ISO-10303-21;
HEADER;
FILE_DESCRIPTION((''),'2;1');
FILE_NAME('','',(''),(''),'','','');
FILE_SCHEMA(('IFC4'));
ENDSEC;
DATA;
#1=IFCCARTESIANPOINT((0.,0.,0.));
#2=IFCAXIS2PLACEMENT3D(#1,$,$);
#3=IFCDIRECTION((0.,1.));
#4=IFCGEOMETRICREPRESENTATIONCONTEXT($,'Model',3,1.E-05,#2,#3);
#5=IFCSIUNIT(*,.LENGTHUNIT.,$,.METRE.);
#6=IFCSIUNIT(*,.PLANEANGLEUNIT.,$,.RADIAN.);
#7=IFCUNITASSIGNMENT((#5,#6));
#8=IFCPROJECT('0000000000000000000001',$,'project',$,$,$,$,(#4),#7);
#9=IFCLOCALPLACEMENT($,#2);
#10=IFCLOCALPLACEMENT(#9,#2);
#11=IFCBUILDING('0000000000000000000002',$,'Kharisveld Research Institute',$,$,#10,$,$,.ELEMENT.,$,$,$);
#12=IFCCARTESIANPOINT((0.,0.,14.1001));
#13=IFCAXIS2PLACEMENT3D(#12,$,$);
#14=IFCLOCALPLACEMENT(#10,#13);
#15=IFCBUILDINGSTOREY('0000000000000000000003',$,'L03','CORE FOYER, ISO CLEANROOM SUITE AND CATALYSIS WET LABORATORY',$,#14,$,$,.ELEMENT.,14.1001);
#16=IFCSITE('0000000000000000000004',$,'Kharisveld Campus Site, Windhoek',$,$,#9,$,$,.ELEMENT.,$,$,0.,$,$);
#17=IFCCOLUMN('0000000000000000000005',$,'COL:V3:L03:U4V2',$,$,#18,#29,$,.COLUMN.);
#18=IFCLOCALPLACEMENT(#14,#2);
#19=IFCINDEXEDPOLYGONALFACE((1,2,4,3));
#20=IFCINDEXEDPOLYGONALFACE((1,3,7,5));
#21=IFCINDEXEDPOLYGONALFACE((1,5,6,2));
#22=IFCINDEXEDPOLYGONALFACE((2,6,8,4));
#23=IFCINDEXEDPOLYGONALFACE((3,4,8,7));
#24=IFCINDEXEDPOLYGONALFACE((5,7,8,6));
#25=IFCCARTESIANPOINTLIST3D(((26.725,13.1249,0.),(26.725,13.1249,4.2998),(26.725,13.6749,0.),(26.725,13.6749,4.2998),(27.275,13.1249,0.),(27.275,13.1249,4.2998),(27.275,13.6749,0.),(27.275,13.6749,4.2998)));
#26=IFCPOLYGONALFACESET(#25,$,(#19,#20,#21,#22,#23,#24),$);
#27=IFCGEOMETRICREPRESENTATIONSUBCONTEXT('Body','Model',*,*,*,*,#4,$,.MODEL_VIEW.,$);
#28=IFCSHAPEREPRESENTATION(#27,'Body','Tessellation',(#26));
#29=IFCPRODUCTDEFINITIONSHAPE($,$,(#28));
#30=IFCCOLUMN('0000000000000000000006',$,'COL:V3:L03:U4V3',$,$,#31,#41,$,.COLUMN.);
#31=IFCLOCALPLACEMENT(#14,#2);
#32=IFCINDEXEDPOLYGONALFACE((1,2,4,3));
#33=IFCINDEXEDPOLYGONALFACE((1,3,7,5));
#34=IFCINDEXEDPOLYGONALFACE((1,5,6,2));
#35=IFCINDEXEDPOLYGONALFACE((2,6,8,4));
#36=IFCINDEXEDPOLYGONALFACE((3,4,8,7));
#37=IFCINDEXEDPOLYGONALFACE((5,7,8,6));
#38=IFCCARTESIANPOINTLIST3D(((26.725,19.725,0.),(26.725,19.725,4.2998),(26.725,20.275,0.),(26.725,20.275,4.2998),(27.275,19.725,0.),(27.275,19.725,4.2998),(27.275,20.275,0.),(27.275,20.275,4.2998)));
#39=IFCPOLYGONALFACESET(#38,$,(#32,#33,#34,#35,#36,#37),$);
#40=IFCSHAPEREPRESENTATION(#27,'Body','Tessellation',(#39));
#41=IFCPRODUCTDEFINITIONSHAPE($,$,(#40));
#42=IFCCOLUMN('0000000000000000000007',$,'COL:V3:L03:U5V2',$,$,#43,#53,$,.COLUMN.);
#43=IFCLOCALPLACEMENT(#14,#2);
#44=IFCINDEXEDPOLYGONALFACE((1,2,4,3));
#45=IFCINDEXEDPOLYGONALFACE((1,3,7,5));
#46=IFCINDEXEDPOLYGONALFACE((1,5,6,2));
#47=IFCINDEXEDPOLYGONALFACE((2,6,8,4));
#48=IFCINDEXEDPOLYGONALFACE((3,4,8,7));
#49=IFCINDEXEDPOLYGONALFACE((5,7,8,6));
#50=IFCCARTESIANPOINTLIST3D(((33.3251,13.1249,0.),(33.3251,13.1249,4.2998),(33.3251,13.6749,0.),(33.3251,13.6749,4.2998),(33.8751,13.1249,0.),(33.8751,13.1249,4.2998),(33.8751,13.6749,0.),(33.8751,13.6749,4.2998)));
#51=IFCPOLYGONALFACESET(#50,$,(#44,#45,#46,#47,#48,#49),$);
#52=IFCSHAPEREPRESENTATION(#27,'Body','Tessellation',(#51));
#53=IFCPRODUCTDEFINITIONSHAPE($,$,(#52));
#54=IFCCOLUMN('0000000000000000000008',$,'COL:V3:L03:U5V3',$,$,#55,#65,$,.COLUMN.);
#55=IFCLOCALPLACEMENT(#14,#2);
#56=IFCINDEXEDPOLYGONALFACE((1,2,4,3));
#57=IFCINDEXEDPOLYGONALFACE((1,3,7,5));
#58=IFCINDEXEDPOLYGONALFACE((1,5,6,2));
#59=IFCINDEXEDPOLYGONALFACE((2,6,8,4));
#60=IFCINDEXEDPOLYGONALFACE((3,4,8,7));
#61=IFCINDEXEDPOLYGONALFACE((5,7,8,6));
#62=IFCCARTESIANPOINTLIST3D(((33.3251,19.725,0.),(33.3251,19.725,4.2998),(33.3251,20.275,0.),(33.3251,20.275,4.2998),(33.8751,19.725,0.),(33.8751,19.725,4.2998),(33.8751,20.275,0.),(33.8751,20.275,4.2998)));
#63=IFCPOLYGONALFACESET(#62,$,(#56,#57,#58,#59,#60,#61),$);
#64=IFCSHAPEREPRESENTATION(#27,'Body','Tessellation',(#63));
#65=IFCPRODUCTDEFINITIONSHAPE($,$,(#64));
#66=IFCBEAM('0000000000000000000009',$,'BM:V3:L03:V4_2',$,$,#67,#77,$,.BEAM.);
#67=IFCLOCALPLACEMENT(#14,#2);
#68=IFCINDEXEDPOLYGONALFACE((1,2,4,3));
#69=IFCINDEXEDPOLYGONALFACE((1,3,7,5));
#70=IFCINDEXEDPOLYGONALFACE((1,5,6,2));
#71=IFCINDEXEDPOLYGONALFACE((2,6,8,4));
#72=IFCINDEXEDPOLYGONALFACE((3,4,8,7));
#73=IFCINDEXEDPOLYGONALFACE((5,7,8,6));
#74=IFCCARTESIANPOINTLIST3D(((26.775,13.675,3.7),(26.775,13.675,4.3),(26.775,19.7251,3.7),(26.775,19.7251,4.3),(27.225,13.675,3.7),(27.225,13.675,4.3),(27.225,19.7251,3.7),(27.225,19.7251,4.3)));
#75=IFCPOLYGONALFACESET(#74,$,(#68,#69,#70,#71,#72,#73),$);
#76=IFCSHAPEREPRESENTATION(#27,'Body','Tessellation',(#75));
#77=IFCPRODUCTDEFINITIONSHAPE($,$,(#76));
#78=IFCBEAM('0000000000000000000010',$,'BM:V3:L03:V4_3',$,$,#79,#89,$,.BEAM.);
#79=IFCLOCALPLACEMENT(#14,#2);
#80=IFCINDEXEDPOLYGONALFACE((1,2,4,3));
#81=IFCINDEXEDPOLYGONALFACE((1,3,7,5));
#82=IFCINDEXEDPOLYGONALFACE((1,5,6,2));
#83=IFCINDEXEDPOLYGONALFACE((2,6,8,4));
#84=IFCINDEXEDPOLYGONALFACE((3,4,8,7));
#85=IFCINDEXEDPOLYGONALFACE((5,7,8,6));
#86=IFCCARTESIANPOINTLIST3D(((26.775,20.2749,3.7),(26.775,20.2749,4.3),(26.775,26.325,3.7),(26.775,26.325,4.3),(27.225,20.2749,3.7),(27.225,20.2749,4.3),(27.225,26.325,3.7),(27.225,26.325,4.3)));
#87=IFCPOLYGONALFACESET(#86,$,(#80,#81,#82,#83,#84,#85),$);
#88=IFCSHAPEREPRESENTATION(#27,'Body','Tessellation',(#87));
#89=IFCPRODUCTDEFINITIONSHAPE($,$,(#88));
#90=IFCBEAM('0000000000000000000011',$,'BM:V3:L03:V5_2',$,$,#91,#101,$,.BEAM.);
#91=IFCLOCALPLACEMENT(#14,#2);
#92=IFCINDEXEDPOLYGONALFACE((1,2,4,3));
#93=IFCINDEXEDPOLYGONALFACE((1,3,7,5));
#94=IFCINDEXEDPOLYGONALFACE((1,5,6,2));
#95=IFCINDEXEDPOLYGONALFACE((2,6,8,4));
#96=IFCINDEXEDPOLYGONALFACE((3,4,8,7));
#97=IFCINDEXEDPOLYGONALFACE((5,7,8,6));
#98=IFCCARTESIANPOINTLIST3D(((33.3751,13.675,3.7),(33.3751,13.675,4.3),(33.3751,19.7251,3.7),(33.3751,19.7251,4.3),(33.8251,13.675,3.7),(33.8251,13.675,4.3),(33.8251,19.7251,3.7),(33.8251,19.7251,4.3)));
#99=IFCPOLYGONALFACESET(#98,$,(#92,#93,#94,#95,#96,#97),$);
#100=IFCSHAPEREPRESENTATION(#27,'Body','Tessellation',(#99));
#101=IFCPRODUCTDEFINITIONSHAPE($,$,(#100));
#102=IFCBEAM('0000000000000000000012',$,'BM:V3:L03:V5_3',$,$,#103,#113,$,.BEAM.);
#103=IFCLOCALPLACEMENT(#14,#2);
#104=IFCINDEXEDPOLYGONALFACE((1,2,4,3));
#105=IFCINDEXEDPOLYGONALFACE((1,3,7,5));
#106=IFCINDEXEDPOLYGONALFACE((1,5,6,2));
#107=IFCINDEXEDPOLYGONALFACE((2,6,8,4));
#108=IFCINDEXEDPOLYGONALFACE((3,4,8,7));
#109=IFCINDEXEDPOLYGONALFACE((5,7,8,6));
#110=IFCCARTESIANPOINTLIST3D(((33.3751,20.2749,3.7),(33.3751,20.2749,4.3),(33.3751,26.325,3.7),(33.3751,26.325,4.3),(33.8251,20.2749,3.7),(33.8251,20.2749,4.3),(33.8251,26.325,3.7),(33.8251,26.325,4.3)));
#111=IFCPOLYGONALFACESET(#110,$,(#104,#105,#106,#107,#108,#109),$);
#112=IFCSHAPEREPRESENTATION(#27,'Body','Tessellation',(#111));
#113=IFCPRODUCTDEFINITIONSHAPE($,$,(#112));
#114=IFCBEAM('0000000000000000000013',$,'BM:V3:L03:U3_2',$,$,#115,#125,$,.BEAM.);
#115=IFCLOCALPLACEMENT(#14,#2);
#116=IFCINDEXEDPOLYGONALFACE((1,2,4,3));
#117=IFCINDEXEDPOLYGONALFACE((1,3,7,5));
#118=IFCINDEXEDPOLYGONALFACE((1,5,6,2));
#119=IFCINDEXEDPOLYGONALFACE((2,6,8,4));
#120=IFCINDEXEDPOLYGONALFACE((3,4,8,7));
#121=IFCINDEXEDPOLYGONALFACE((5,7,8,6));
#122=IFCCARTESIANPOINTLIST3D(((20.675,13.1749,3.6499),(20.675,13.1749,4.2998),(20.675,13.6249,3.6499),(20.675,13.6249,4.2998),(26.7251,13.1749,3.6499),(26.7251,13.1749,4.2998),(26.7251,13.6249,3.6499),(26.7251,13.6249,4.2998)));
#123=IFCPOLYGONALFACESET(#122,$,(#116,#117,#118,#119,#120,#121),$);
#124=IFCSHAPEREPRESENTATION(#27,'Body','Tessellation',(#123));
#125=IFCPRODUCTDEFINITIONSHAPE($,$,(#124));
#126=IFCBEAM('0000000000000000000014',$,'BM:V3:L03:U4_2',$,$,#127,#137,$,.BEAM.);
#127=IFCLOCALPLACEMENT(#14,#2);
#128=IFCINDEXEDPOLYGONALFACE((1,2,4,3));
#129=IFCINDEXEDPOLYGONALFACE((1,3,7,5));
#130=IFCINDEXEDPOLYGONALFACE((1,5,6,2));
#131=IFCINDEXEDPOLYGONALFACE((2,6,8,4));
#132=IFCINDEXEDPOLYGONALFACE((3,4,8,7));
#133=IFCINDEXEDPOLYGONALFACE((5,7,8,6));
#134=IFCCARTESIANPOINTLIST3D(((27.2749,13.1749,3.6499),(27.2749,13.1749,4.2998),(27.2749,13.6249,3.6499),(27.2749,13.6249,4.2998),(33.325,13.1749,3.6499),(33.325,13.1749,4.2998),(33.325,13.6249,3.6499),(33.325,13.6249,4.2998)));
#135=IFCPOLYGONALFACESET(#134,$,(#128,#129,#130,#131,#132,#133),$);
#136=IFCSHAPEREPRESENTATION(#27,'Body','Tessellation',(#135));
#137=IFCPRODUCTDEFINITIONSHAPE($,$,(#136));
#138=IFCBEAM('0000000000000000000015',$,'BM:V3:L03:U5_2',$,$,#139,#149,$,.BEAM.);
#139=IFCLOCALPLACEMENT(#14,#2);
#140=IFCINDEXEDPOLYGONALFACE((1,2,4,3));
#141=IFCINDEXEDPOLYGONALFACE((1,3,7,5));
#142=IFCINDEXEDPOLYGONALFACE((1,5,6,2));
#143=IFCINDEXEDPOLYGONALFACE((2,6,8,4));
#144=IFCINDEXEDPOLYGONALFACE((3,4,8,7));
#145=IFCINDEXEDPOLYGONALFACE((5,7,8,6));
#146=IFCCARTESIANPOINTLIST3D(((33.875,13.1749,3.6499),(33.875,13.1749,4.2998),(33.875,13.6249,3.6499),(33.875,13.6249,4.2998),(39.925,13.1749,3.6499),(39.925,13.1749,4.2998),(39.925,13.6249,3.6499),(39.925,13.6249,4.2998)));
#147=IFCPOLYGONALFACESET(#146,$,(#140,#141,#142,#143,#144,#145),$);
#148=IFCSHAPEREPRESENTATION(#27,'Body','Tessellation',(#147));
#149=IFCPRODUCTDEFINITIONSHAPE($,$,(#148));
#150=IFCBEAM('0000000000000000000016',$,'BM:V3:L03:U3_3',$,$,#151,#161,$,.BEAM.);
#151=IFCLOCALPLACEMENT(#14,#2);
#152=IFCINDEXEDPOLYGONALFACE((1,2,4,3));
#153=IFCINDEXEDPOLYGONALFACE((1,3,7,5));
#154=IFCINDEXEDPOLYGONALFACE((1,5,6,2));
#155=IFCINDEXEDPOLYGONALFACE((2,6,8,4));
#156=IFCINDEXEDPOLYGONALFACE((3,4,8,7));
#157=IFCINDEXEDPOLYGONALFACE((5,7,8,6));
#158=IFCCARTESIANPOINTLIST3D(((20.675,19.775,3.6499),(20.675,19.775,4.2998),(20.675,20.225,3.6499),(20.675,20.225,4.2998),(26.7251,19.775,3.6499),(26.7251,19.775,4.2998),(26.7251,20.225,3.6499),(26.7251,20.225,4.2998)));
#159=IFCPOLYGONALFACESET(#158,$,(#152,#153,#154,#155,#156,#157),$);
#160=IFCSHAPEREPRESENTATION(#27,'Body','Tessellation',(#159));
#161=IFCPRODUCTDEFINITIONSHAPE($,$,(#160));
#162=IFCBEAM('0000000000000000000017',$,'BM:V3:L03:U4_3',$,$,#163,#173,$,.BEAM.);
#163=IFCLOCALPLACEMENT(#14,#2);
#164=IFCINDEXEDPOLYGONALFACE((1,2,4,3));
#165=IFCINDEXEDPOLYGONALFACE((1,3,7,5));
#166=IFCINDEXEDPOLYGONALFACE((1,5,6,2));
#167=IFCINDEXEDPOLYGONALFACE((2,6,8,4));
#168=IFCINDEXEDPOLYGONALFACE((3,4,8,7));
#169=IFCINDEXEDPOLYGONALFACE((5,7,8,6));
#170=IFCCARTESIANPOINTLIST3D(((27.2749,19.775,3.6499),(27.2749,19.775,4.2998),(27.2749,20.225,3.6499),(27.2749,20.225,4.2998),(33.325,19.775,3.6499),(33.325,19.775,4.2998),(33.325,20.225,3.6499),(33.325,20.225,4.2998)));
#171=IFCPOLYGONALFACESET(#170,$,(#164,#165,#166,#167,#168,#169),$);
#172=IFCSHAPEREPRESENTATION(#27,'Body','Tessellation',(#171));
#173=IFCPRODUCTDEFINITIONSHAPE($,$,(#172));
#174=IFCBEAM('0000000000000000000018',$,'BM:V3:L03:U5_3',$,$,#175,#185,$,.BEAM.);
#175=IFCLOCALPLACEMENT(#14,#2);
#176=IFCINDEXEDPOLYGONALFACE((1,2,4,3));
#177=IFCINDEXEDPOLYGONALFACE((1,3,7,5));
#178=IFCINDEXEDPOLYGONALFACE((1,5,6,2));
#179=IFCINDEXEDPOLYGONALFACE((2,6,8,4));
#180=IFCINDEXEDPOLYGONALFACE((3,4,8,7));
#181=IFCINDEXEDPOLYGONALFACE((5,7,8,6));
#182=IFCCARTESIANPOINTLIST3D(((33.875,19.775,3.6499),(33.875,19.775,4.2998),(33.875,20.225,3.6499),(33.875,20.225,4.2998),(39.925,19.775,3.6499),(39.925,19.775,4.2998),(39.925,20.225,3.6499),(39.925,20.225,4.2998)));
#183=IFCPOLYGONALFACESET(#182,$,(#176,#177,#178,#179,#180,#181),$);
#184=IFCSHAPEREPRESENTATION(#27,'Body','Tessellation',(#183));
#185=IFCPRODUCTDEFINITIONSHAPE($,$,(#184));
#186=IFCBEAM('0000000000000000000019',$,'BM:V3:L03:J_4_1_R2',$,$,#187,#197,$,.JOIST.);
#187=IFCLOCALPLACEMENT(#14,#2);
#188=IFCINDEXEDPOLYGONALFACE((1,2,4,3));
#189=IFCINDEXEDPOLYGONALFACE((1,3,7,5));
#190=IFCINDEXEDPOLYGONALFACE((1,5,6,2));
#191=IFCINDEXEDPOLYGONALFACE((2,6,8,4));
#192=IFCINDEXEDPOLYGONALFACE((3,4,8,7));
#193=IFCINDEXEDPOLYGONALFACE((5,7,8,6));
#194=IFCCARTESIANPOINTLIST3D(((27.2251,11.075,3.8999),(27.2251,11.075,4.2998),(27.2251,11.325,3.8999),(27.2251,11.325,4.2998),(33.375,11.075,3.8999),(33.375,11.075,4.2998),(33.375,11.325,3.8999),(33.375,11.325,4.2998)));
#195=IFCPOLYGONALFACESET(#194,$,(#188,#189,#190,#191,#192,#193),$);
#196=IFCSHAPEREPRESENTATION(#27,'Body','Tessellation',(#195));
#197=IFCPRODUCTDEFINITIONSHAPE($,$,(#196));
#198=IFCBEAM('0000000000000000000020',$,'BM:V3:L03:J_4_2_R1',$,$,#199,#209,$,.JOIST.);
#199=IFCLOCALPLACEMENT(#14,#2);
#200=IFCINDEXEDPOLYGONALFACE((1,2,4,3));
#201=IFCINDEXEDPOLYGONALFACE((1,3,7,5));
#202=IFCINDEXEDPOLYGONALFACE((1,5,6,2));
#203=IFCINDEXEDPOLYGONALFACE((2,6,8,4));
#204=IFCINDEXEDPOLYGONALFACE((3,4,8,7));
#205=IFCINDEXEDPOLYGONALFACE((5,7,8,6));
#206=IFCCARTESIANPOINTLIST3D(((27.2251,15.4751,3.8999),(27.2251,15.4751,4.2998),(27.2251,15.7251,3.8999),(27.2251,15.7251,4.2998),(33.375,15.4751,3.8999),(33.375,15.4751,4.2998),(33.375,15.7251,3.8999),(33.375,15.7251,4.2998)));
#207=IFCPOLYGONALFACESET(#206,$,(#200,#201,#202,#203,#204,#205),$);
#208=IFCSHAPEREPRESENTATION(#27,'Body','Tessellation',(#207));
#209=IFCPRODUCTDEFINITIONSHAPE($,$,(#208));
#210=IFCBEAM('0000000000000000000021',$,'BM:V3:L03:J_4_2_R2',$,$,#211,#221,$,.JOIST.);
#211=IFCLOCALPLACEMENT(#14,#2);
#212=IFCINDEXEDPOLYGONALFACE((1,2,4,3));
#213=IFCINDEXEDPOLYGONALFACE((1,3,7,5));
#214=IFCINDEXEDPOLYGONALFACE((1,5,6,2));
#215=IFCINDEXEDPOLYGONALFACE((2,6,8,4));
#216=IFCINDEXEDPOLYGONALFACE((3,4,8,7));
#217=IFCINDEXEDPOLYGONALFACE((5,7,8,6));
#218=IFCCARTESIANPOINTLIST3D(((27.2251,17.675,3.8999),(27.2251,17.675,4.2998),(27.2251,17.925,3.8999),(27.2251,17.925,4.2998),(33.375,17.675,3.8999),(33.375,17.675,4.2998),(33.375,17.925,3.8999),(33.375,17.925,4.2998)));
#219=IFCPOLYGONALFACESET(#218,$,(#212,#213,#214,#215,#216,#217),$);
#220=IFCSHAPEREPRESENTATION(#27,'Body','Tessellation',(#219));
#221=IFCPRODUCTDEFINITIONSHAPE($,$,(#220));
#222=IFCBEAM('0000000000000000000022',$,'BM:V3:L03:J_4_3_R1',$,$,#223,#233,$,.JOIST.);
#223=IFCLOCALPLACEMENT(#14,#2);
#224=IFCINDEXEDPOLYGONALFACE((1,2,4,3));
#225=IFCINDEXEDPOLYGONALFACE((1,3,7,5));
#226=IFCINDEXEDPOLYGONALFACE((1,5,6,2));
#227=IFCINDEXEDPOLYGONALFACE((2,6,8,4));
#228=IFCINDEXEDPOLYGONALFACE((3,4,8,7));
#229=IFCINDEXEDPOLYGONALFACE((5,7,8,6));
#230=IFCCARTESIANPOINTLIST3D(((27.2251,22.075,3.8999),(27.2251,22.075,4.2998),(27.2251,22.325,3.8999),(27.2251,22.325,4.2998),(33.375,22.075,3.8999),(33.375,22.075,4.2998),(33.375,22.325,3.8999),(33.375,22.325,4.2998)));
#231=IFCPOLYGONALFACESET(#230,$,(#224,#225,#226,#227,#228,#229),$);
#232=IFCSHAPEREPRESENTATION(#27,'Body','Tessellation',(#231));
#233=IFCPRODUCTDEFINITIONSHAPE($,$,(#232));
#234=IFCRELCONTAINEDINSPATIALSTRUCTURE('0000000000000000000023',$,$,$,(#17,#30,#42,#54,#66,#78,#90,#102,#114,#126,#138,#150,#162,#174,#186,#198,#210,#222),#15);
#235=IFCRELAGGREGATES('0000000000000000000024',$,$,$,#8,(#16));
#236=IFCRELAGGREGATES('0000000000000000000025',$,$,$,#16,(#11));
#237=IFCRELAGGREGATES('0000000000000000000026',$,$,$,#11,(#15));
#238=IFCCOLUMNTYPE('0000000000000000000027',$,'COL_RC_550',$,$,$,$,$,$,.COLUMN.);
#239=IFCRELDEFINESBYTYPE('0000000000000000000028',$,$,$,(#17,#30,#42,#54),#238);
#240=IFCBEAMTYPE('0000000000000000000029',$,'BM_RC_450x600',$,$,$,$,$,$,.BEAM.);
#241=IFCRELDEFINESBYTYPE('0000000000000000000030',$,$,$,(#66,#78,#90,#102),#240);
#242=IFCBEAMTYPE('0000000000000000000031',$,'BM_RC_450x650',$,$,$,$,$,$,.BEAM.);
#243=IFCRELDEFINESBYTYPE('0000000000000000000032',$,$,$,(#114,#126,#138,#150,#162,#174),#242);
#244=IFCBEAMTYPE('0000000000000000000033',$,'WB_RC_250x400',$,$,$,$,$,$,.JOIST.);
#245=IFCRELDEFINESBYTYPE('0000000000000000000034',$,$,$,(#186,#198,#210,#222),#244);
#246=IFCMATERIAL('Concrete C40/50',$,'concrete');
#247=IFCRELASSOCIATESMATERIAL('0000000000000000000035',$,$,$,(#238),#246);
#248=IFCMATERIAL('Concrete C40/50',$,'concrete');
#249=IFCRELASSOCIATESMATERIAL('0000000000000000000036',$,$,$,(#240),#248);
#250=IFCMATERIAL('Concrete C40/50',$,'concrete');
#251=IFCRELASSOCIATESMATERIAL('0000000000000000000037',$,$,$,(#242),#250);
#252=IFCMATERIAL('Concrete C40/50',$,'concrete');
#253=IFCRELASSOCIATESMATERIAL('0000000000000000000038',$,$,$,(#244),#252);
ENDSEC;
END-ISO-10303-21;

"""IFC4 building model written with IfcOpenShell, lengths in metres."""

from ifc_helpers import new_model, si_unit, direction, frame, origin, origin_2d, place, context, subcontext, project, spatial, rectangle, extrude, material, material_profile, profile_set, type_object, element, save


model = new_model("IFC4")

# Units and contexts
model_context = context("Model", 3, precision=1e-05, world=origin(), true_north=direction((0.0, 1.0)))
body_context = subcontext(model_context, "Body", "Model", "MODEL_VIEW")
ifc_project = project(units=[si_unit("LENGTHUNIT", "METRE"), si_unit("PLANEANGLEUNIT", "RADIAN")], contexts=[model_context])

# Site, building, storey
site_placement = place(None, origin())
site = spatial("IfcSite", under=ifc_project, at=site_placement, Name="Kharisveld Campus Site, Windhoek", CompositionType="ELEMENT", RefElevation=0.0)
building_placement = place(site_placement, origin())
building = spatial("IfcBuilding", under=site, at=building_placement, Name="Kharisveld Research Institute", CompositionType="ELEMENT")
storey_placement = place(building_placement, frame((0.0, 0.0, 14.1001)))
storey = spatial("IfcBuildingStorey", under=building, at=storey_placement, Name="L03", Description="CORE FOYER, ISO CLEANROOM SUITE AND CATALYSIS WET LABORATORY", CompositionType="ELEMENT", Elevation=14.1001)

# Columns
ifc_material_1 = material(Name="Concrete C40/50", Category="concrete")
ifc_material_profile_1 = material_profile(ifc_material_1, rectangle(XDim=0.55, YDim=0.55, at=origin_2d()))
ifc_profile_set_1 = profile_set([ifc_material_profile_1], Name="Concrete C40/50")
column_type = type_object("IfcColumnType", Name="COL_RC_550", PredefinedType="COLUMN", material=ifc_profile_set_1)
for number, where, z_axis, x_axis, name in (
    (1, (27.0, 13.3999, 0.0), (0.0, 0.0, 1.0), (1.0, 0.0, 0.0), "COL:V3:L03:U4V2"),
    (2, (27.0, 20.0, 0.0), (0.0, 0.0, 1.0), (1.0, 0.0, 0.0), "COL:V3:L03:U4V3"),
    (3, (33.6001, 13.3999, 0.0), (0.0, 0.0, 1.0), (1.0, 0.0, 0.0), "COL:V3:L03:U5V2"),
    (4, (33.6001, 20.0, 0.0), (0.0, 0.0, 1.0), (1.0, 0.0, 0.0), "COL:V3:L03:U5V3"),
):
    element("IfcColumn", number, at=place(storey_placement, frame(where, z_axis=z_axis, x_axis=x_axis)), inside=storey, type_object=column_type, Name=name, PredefinedType="COLUMN", context=body_context, shape_type="SweptSolid", body=[
        extrude(rectangle(XDim=0.55, YDim=0.55, at=origin_2d()), origin(), (0.0, 0.0, 1.0), 4.2998),
    ])

# Beams
ifc_material_2 = material(Name="Concrete C40/50", Category="concrete")
ifc_material_profile_2 = material_profile(ifc_material_2, rectangle(XDim=0.45, YDim=0.6001, at=origin_2d()))
ifc_profile_set_2 = profile_set([ifc_material_profile_2], Name="Concrete C40/50")
beam_type_1 = type_object("IfcBeamType", Name="BM_RC_450x600", PredefinedType="BEAM", material=ifc_profile_set_2)
for number, where, z_axis, x_axis, name in (
    (5, (27.0, 13.675, 4.0), (0.0, 1.0, 0.0), (-1.0, 0.0, 0.0), "BM:V3:L03:V4_2"),
    (6, (27.0, 20.2749, 4.0), (0.0, 1.0, 0.0), (-1.0, 0.0, 0.0), "BM:V3:L03:V4_3"),
    (7, (33.6001, 13.675, 4.0), (0.0, 1.0, 0.0), (-1.0, 0.0, 0.0), "BM:V3:L03:V5_2"),
    (8, (33.6001, 20.2749, 4.0), (0.0, 1.0, 0.0), (-1.0, 0.0, 0.0), "BM:V3:L03:V5_3"),
):
    element("IfcBeam", number, at=place(storey_placement, frame(where, z_axis=z_axis, x_axis=x_axis)), inside=storey, type_object=beam_type_1, Name=name, PredefinedType="BEAM", context=body_context, shape_type="SweptSolid", body=[
        extrude(rectangle(XDim=0.45, YDim=0.6001, at=origin_2d()), origin(), (0.0, 0.0, 1.0), 6.05),
    ])
ifc_material_3 = material(Name="Concrete C40/50", Category="concrete")
ifc_material_profile_3 = material_profile(ifc_material_3, rectangle(XDim=0.45, YDim=0.6499, at=origin_2d()))
ifc_profile_set_3 = profile_set([ifc_material_profile_3], Name="Concrete C40/50")
beam_type_2 = type_object("IfcBeamType", Name="BM_RC_450x650", PredefinedType="BEAM", material=ifc_profile_set_3)
for number, where, z_axis, x_axis, name in (
    (9, (20.675, 13.3999, 3.9749), (1.0, 0.0, 0.0), (0.0, 1.0, 0.0), "BM:V3:L03:U3_2"),
    (10, (27.2749, 13.3999, 3.9749), (1.0, 0.0, 0.0), (0.0, 1.0, 0.0), "BM:V3:L03:U4_2"),
    (11, (33.875, 13.3999, 3.9749), (1.0, 0.0, 0.0), (0.0, 1.0, 0.0), "BM:V3:L03:U5_2"),
    (12, (20.675, 20.0, 3.9749), (1.0, 0.0, 0.0), (0.0, 1.0, 0.0), "BM:V3:L03:U3_3"),
    (13, (27.2749, 20.0, 3.9749), (1.0, 0.0, 0.0), (0.0, 1.0, 0.0), "BM:V3:L03:U4_3"),
    (14, (33.875, 20.0, 3.9749), (1.0, 0.0, 0.0), (0.0, 1.0, 0.0), "BM:V3:L03:U5_3"),
):
    element("IfcBeam", number, at=place(storey_placement, frame(where, z_axis=z_axis, x_axis=x_axis)), inside=storey, type_object=beam_type_2, Name=name, PredefinedType="BEAM", context=body_context, shape_type="SweptSolid", body=[
        extrude(rectangle(XDim=0.45, YDim=0.6499, at=origin_2d()), origin(), (0.0, 0.0, 1.0), 6.05),
    ])
ifc_material_4 = material(Name="Concrete C40/50", Category="concrete")
ifc_material_profile_4 = material_profile(ifc_material_4, rectangle(XDim=0.25, YDim=0.3999, at=origin_2d()))
ifc_profile_set_4 = profile_set([ifc_material_profile_4], Name="Concrete C40/50")
beam_type_3 = type_object("IfcBeamType", Name="WB_RC_250x400", PredefinedType="JOIST", material=ifc_profile_set_4)
for number, where, z_axis, x_axis, name in (
    (15, (27.2251, 11.2, 4.0999), (1.0, 0.0, 0.0), (0.0, 1.0, 0.0), "BM:V3:L03:J_4_1_R2"),
    (16, (27.2251, 15.6001, 4.0999), (1.0, 0.0, 0.0), (0.0, 1.0, 0.0), "BM:V3:L03:J_4_2_R1"),
    (17, (27.2251, 17.8, 4.0999), (1.0, 0.0, 0.0), (0.0, 1.0, 0.0), "BM:V3:L03:J_4_2_R2"),
    (18, (27.2251, 22.2, 4.0999), (1.0, 0.0, 0.0), (0.0, 1.0, 0.0), "BM:V3:L03:J_4_3_R1"),
):
    element("IfcBeam", number, at=place(storey_placement, frame(where, z_axis=z_axis, x_axis=x_axis)), inside=storey, type_object=beam_type_3, Name=name, PredefinedType="JOIST", context=body_context, shape_type="SweptSolid", body=[
        extrude(rectangle(XDim=0.25, YDim=0.3999, at=origin_2d()), origin(), (0.0, 0.0, 1.0), 6.1499),
    ])

save(model, "model.ifc")
